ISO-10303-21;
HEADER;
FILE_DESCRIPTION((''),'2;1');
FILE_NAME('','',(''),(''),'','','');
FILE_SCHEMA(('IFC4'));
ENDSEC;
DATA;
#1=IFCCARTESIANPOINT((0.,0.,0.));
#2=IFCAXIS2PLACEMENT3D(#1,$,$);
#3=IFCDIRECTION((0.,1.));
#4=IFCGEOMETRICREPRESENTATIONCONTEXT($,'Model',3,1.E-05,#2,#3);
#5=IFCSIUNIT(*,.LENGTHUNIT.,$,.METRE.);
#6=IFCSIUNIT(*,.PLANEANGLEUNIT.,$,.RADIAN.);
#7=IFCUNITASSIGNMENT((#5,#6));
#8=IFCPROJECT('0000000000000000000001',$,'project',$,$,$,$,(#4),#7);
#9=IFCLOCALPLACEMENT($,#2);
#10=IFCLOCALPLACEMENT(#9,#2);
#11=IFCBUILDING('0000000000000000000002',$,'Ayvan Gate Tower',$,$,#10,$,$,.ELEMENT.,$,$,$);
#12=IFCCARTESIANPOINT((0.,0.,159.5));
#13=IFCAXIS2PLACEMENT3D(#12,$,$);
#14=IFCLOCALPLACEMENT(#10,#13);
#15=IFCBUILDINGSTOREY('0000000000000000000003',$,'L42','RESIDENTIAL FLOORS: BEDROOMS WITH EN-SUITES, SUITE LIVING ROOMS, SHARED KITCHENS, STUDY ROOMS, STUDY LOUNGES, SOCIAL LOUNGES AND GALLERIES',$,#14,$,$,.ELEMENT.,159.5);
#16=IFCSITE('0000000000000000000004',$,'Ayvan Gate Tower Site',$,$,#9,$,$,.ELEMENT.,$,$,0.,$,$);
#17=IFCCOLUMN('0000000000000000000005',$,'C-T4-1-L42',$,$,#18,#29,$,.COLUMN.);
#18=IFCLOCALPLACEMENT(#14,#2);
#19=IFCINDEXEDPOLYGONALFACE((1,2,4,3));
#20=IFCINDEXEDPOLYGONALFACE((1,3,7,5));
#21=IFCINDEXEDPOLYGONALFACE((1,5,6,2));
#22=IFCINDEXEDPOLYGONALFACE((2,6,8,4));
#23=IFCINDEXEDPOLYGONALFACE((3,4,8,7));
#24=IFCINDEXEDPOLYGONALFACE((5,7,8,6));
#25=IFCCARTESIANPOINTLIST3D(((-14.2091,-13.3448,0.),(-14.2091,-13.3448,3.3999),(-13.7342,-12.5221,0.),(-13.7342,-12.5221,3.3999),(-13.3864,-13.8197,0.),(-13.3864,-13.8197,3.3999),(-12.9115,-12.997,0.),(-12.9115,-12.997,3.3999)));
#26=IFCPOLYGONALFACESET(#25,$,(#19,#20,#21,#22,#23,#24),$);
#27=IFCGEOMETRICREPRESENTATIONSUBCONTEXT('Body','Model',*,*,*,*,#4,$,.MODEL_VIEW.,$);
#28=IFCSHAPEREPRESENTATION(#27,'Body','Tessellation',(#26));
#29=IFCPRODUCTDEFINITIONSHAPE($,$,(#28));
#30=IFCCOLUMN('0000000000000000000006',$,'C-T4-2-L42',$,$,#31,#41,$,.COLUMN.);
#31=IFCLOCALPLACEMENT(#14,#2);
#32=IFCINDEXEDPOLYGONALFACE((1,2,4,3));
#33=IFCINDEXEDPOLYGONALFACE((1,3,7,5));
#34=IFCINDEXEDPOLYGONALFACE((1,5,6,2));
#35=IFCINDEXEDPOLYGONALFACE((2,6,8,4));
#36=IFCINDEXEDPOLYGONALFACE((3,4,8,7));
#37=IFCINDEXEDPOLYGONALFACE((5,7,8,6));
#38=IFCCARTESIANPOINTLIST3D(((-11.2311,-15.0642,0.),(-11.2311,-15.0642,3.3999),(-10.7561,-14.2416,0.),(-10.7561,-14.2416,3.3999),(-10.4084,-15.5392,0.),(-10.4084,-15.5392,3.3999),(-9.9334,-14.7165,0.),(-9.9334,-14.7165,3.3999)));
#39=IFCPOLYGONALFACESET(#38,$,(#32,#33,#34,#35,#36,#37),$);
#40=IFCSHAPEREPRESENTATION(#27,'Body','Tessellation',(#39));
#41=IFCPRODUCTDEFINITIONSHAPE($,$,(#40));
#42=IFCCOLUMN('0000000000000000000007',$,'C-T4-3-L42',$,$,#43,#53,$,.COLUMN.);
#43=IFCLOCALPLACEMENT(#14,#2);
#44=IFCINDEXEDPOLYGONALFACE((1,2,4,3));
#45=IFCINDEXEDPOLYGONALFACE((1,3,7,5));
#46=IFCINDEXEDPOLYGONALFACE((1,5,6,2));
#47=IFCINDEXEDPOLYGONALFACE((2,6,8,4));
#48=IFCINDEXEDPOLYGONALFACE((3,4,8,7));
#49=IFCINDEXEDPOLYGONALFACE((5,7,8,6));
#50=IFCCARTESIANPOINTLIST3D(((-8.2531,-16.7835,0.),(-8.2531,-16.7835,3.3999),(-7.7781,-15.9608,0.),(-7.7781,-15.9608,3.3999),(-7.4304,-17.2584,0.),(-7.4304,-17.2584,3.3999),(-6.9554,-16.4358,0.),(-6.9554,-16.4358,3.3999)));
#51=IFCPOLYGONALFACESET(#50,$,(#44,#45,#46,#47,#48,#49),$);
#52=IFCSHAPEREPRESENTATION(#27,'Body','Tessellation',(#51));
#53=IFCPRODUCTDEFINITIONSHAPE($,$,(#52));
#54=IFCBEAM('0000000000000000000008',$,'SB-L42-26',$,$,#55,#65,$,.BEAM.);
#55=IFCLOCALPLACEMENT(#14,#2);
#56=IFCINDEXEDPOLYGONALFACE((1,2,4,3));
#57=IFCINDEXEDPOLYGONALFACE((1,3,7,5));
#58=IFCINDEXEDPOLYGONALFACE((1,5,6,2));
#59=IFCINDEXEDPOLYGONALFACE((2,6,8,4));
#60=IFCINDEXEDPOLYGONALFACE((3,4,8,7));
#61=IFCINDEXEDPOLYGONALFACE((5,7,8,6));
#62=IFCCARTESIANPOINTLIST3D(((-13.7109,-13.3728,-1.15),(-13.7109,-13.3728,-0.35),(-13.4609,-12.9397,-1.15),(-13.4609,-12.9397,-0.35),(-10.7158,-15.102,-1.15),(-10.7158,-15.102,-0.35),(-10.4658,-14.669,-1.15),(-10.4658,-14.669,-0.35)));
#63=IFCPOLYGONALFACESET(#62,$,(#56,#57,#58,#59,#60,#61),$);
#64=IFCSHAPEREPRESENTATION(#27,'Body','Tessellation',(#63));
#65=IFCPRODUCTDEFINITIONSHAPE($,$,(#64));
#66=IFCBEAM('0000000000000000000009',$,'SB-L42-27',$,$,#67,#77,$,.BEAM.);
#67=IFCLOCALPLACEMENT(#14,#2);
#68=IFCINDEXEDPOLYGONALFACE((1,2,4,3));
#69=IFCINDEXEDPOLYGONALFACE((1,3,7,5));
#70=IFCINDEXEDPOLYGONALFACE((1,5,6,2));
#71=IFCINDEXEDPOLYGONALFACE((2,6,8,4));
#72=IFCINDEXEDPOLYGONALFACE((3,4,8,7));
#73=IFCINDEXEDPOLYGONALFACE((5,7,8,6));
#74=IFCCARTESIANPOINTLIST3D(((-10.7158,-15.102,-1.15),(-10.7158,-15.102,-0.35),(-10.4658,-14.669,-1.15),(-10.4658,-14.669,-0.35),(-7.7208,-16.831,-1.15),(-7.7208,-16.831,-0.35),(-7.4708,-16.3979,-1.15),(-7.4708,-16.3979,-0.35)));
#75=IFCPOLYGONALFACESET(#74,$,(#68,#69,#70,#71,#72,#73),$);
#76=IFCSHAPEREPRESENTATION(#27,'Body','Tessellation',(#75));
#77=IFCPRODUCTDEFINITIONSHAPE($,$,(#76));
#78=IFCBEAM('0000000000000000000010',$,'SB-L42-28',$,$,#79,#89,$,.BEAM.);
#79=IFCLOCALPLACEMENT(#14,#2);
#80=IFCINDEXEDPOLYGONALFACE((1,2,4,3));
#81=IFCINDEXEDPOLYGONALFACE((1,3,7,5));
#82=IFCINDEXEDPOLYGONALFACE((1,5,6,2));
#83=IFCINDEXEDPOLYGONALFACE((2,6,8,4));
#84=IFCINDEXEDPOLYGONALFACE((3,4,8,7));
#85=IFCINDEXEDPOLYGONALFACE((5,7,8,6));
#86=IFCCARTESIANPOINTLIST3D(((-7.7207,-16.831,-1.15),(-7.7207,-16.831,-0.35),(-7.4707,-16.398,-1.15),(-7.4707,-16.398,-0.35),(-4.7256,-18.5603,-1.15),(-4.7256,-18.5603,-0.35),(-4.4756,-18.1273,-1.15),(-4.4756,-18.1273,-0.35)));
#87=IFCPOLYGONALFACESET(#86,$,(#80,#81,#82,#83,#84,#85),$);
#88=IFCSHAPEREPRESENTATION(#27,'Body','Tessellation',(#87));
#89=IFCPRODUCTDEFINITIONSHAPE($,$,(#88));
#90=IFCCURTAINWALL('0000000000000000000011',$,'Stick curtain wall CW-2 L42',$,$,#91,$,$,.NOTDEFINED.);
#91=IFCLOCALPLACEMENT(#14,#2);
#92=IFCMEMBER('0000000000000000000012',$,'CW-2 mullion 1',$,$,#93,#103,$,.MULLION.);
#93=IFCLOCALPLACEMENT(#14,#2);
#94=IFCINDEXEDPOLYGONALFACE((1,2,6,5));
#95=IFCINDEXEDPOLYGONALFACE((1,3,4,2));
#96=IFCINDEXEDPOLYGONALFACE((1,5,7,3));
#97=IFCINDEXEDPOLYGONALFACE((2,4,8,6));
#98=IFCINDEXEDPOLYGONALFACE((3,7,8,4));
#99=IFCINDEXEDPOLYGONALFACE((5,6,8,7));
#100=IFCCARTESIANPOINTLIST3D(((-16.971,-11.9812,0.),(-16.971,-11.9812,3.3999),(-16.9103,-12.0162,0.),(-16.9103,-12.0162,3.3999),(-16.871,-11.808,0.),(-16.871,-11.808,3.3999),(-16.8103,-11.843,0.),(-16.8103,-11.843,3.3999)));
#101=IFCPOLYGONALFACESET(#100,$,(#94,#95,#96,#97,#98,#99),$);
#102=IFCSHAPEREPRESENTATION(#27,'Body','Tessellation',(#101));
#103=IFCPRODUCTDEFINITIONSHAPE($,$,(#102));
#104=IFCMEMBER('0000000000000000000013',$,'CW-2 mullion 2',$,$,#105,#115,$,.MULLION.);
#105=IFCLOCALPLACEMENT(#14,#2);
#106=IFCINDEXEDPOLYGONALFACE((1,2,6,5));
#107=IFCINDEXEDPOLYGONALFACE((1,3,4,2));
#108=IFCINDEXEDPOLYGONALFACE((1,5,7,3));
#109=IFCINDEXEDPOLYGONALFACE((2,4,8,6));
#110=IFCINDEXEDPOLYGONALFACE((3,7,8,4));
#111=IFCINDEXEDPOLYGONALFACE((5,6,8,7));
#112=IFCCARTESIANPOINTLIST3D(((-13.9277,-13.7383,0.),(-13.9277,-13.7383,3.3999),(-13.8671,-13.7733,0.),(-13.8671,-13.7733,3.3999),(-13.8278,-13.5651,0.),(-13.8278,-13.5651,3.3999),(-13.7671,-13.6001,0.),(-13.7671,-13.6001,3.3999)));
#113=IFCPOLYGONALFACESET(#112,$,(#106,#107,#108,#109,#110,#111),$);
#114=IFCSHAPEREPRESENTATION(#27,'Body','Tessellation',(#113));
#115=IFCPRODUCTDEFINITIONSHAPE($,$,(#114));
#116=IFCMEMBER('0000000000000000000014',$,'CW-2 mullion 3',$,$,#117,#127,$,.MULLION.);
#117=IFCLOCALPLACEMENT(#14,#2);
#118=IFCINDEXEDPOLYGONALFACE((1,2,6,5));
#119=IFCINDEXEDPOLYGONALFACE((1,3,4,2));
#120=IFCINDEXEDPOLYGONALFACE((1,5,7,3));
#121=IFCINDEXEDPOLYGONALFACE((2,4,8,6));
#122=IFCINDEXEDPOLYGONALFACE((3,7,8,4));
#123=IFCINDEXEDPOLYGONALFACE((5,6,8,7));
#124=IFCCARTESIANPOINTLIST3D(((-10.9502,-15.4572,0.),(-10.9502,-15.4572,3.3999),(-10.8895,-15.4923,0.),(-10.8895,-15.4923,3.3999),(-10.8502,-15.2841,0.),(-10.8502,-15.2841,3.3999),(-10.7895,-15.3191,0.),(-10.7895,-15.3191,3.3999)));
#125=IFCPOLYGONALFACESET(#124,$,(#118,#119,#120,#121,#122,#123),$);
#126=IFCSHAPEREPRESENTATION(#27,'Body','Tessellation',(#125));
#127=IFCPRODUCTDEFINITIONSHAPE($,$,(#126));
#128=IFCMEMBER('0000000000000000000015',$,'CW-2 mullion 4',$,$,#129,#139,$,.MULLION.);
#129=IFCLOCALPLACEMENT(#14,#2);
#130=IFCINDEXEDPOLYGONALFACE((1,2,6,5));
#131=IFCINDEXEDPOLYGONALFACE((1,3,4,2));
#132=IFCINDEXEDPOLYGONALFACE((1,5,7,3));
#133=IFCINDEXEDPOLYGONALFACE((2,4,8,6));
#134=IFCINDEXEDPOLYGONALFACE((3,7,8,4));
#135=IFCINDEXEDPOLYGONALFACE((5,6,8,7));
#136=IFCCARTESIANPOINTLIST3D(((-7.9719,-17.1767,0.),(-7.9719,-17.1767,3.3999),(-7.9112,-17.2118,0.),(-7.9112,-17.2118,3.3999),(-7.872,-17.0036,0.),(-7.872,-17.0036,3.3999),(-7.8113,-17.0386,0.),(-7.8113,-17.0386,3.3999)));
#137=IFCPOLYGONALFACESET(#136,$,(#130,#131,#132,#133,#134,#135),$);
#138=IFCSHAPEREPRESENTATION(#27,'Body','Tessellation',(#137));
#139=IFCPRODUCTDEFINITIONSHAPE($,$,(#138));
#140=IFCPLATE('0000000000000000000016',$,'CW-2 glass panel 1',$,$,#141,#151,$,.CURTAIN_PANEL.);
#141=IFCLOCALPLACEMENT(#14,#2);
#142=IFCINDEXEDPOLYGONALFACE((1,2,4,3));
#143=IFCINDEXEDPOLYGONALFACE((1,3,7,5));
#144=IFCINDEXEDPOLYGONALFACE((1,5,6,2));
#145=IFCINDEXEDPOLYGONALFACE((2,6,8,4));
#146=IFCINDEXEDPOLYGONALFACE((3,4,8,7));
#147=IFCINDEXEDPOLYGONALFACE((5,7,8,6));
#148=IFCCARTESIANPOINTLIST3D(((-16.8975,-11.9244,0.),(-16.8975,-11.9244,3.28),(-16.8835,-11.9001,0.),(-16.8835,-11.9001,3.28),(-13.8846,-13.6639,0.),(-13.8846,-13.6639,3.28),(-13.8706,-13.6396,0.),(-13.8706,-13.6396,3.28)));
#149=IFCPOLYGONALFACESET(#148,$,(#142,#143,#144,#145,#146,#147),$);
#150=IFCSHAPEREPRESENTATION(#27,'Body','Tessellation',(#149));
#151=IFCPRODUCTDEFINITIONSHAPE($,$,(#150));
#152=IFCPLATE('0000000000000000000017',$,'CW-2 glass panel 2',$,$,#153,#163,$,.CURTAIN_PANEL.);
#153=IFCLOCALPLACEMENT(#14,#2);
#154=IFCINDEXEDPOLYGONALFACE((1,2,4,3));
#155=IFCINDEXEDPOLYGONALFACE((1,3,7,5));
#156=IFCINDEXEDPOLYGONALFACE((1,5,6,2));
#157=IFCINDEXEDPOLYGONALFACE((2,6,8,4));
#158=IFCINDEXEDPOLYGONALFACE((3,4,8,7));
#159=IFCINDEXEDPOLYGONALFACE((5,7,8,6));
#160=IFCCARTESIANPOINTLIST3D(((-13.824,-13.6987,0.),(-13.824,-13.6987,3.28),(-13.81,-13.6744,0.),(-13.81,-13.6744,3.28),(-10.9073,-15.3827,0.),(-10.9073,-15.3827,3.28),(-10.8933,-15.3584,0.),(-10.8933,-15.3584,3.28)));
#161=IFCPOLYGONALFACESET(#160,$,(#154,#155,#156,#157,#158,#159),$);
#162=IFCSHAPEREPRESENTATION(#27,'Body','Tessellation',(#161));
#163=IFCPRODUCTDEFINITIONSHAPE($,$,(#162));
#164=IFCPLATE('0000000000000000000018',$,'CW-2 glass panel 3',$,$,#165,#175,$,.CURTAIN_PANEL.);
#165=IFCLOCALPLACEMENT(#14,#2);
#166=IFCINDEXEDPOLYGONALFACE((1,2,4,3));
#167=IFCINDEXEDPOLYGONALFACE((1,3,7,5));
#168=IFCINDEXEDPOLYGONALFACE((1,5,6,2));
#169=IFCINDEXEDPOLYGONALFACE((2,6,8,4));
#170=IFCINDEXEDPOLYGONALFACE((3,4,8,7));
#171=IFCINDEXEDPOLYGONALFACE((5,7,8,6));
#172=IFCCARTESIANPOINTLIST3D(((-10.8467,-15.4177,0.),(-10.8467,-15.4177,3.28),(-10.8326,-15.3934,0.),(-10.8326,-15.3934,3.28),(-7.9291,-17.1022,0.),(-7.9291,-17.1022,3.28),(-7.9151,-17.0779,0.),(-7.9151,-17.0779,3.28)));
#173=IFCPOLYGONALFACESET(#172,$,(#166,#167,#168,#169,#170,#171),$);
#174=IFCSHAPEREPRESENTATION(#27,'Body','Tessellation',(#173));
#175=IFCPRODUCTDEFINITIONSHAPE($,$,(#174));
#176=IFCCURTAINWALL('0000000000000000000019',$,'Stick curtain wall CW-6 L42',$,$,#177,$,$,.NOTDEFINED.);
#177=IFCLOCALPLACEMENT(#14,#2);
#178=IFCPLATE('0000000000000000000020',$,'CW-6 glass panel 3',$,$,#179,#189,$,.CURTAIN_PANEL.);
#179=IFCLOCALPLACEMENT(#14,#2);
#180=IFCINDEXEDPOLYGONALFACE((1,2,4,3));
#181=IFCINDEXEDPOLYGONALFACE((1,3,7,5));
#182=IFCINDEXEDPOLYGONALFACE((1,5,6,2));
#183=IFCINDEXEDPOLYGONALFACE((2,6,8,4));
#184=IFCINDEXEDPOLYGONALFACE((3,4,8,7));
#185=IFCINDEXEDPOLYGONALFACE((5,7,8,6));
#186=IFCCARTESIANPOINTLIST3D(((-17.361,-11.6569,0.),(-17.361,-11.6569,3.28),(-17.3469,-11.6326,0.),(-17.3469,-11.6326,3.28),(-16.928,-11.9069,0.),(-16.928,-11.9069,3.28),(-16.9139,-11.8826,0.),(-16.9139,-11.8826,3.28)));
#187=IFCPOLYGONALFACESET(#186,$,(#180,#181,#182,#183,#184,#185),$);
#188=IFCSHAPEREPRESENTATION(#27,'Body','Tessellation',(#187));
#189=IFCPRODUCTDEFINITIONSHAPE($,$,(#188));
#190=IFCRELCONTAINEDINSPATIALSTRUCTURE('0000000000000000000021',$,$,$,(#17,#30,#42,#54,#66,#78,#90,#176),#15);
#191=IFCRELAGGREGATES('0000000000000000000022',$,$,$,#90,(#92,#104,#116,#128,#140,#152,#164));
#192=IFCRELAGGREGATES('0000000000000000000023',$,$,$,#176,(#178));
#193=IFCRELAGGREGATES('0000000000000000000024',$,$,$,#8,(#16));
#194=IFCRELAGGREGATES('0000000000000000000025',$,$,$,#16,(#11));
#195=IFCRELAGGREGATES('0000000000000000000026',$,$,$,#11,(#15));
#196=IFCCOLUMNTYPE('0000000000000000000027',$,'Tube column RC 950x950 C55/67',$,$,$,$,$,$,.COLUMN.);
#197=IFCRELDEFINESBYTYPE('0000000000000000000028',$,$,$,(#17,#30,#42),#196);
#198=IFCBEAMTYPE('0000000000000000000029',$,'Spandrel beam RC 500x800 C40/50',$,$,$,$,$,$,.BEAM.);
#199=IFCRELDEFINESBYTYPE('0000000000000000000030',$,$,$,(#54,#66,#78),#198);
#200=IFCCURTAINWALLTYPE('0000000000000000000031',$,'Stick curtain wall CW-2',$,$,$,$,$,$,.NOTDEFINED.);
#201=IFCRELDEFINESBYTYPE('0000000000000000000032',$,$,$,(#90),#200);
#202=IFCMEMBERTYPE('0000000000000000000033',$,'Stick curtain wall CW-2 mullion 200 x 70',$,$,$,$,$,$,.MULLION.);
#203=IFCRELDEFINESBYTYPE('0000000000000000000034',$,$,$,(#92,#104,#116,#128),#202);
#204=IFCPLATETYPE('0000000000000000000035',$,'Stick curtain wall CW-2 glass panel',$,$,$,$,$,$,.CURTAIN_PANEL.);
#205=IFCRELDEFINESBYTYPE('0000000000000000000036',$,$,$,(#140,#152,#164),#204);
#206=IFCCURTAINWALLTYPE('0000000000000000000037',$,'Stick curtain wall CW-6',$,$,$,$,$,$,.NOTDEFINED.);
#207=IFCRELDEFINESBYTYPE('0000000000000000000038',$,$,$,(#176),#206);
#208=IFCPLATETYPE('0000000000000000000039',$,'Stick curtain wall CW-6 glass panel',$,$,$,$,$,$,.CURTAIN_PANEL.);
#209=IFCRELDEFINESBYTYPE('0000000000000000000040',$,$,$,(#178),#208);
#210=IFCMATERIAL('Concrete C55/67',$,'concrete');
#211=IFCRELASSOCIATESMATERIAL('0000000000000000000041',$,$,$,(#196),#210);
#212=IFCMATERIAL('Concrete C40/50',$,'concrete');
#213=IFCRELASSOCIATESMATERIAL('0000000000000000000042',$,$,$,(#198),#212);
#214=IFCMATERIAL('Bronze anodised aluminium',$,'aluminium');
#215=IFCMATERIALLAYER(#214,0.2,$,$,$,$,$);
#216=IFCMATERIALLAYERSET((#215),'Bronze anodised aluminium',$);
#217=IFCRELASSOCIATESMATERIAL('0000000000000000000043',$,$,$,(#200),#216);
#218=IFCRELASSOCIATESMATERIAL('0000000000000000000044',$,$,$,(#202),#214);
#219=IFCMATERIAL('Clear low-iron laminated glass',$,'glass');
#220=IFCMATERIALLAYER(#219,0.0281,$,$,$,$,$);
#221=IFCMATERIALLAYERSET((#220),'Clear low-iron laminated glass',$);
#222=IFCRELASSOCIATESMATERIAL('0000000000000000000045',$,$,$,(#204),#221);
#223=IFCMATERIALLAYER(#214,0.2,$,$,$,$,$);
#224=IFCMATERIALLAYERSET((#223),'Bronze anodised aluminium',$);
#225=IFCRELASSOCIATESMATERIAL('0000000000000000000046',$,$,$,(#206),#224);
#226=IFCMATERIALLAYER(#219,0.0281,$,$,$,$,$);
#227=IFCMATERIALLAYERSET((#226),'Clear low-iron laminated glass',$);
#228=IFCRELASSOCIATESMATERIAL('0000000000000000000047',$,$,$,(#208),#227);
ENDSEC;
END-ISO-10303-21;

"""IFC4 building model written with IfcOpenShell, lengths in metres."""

from ifc_helpers import new_model, si_unit, direction, frame, origin, origin_2d, place, context, subcontext, project, spatial, rectangle, extrude, material, layer, layer_set, material_profile, profile_set, type_object, element, aggregate, save


model = new_model("IFC4")

# Units and contexts
model_context = context("Model", 3, precision=1e-05, world=origin(), true_north=direction((0.0, 1.0)))
body_context = subcontext(model_context, "Body", "Model", "MODEL_VIEW")
ifc_project = project(units=[si_unit("LENGTHUNIT", "METRE"), si_unit("PLANEANGLEUNIT", "RADIAN")], contexts=[model_context])

# Site, building, storey
site_placement = place(None, origin())
site = spatial("IfcSite", under=ifc_project, at=site_placement, Name="Ayvan Gate Tower Site", CompositionType="ELEMENT", RefElevation=0.0)
building_placement = place(site_placement, origin())
building = spatial("IfcBuilding", under=site, at=building_placement, Name="Ayvan Gate Tower", CompositionType="ELEMENT")
storey_placement = place(building_placement, frame((0.0, 0.0, 159.5)))
storey = spatial("IfcBuildingStorey", under=building, at=storey_placement, Name="L42", Description="RESIDENTIAL FLOORS: BEDROOMS WITH EN-SUITES, SUITE LIVING ROOMS, SHARED KITCHENS, STUDY ROOMS, STUDY LOUNGES, SOCIAL LOUNGES AND GALLERIES", CompositionType="ELEMENT", Elevation=159.5)

# Columns
ifc_material_1 = material(Name="Concrete C55/67", Category="concrete")
ifc_material_profile_1 = material_profile(ifc_material_1, rectangle(XDim=0.95, YDim=0.95, at=origin_2d()), Name="RC 950x950")
ifc_profile_set_1 = profile_set([ifc_material_profile_1], Name="Concrete C55/67")
column_type = type_object("IfcColumnType", Name="Tube column RC 950x950 C55/67", PredefinedType="COLUMN", material=ifc_profile_set_1)
for number, where, z_axis, x_axis, name in (
    (1, (-13.5603, -13.1709, 0.0), (0.0, 0.0, 1.0), (-0.5, -0.866025, 0.0), "C-T4-1-L42"),
    (2, (-10.5823, -14.8904, 0.0), (0.0, 0.0, 1.0), (-0.5, -0.866025, 0.0), "C-T4-2-L42"),
    (3, (-7.6042, -16.6096, 0.0), (0.0, 0.0, 1.0), (-0.5, -0.866025, 0.0), "C-T4-3-L42"),
):
    element("IfcColumn", number, at=place(storey_placement, frame(where, z_axis=z_axis, x_axis=x_axis)), inside=storey, type_object=column_type, Name=name, PredefinedType="COLUMN", context=body_context, shape_type="SweptSolid", body=[
        extrude(rectangle(XDim=0.95, YDim=0.95, at=origin_2d()), origin(), (0.0, 0.0, 1.0), 3.3999),
    ])

# Beams
ifc_material_2 = material(Name="Concrete C40/50", Category="concrete")
ifc_material_profile_2 = material_profile(ifc_material_2, rectangle(XDim=0.5, YDim=0.8, at=origin_2d()), Name="RC 500x800")
ifc_profile_set_2 = profile_set([ifc_material_profile_2], Name="Concrete C40/50")
beam_type = type_object("IfcBeamType", Name="Spandrel beam RC 500x800 C40/50", PredefinedType="BEAM", material=ifc_profile_set_2)
beam_1_placement = place(storey_placement, frame((-13.5859, -13.1562, -0.75), z_axis=(0.866023, -0.500004, 0.0), x_axis=(0.500004, 0.866023, 0.0)))
element("IfcBeam", 4, at=beam_1_placement, inside=storey, type_object=beam_type, Name="SB-L42-26", PredefinedType="BEAM", context=body_context, shape_type="SweptSolid", body=[
    extrude(rectangle(XDim=0.5, YDim=0.8, at=origin_2d()), origin(), (0.0, 0.0, 1.0), 3.4585),
])
beam_2_placement = place(storey_placement, frame((-10.5908, -14.8855, -0.75), z_axis=(0.866054, -0.499951, 0.0), x_axis=(0.499951, 0.866054, 0.0)))
element("IfcBeam", 5, at=beam_2_placement, inside=storey, type_object=beam_type, Name="SB-L42-27", PredefinedType="BEAM", context=body_context, shape_type="SweptSolid", body=[
    extrude(rectangle(XDim=0.5, YDim=0.8, at=origin_2d()), origin(), (0.0, 0.0, 1.0), 3.4583),
])
beam_3_placement = place(storey_placement, frame((-7.5957, -16.6145, -0.75), z_axis=(0.866023, -0.500004, 0.0), x_axis=(0.500004, 0.866023, 0.0)))
element("IfcBeam", 6, at=beam_3_placement, inside=storey, type_object=beam_type, Name="SB-L42-28", PredefinedType="BEAM", context=body_context, shape_type="SweptSolid", body=[
    extrude(rectangle(XDim=0.5, YDim=0.8, at=origin_2d()), origin(), (0.0, 0.0, 1.0), 3.4585),
])

# Curtain wall, members, plates
ifc_material_3 = material(Name="Bronze anodised aluminium", Category="aluminium")
ifc_layer_1 = layer(ifc_material_3, 0.2)
ifc_layer_set_1 = layer_set([ifc_layer_1], Name="Bronze anodised aluminium")
curtain_wall_type_1 = type_object("IfcCurtainWallType", Name="Stick curtain wall CW-2", PredefinedType="NOTDEFINED", material=ifc_layer_set_1)
curtain_wall_1_placement = place(storey_placement, origin())
curtain_wall_1 = element("IfcCurtainWall", 7, at=curtain_wall_1_placement, inside=storey, type_object=curtain_wall_type_1, Name="Stick curtain wall CW-2 L42", PredefinedType="NOTDEFINED")
ifc_material_profile_3 = material_profile(ifc_material_3, rectangle(XDim=0.2, YDim=0.0701, at=origin_2d()), Name="Stick curtain wall CW-2 mullion 200 x 70")
ifc_profile_set_3 = profile_set([ifc_material_profile_3], Name="Bronze anodised aluminium")
member_type = type_object("IfcMemberType", Name="Stick curtain wall CW-2 mullion 200 x 70", PredefinedType="MULLION", material=ifc_profile_set_3)
member_1_placement = place(storey_placement, frame((-16.8906, -11.9121, 0.0), z_axis=(0.0, 0.0, 1.0), x_axis=(-0.5, -0.866025, 0.0)))
member_1 = element("IfcMember", 8, at=member_1_placement, type_object=member_type, Name="CW-2 mullion 1", PredefinedType="MULLION", context=body_context, shape_type="SweptSolid", body=[
    extrude(rectangle(XDim=0.2, YDim=0.0701, at=origin_2d()), origin(), (0.0, 0.0, 1.0), 3.3999),
])
member_2_placement = place(storey_placement, frame((-13.8474, -13.6692, 0.0), z_axis=(0.0, 0.0, 1.0), x_axis=(-0.5, -0.866025, 0.0)))
member_2 = element("IfcMember", 9, at=member_2_placement, type_object=member_type, Name="CW-2 mullion 2", PredefinedType="MULLION", context=body_context, shape_type="SweptSolid", body=[
    extrude(rectangle(XDim=0.2, YDim=0.0701, at=origin_2d()), origin(), (0.0, 0.0, 1.0), 3.3999),
])
member_3_placement = place(storey_placement, frame((-10.8699, -15.3882, 0.0), z_axis=(0.0, 0.0, 1.0), x_axis=(-0.5, -0.866025, 0.0)))
member_3 = element("IfcMember", 10, at=member_3_placement, type_object=member_type, Name="CW-2 mullion 3", PredefinedType="MULLION", context=body_context, shape_type="SweptSolid", body=[
    extrude(rectangle(XDim=0.2, YDim=0.0701, at=origin_2d()), origin(), (0.0, 0.0, 1.0), 3.3999),
])
member_4_placement = place(storey_placement, frame((-7.8916, -17.1077, 0.0), z_axis=(0.0, 0.0, 1.0), x_axis=(-0.5, -0.866025, 0.0)))
member_4 = element("IfcMember", 11, at=member_4_placement, type_object=member_type, Name="CW-2 mullion 4", PredefinedType="MULLION", context=body_context, shape_type="SweptSolid", body=[
    extrude(rectangle(XDim=0.2, YDim=0.0701, at=origin_2d()), origin(), (0.0, 0.0, 1.0), 3.3999),
])
ifc_material_4 = material(Name="Clear low-iron laminated glass", Category="glass")
ifc_layer_2 = layer(ifc_material_4, 0.0281)
ifc_layer_set_2 = layer_set([ifc_layer_2], Name="Clear low-iron laminated glass")
plate_type_1 = type_object("IfcPlateType", Name="Stick curtain wall CW-2 glass panel", PredefinedType="CURTAIN_PANEL", material=ifc_layer_set_2)
plate_1_placement = place(storey_placement, frame((-15.384, -12.782, 0.0), z_axis=(0.0, 0.0, 1.0), x_axis=(0.866025, -0.5, 0.0)))
plate_1 = element("IfcPlate", 12, at=plate_1_placement, type_object=plate_type_1, Name="CW-2 glass panel 1", PredefinedType="CURTAIN_PANEL", context=body_context, shape_type="SweptSolid", body=[
    extrude(rectangle(XDim=3.479, YDim=0.0281, at=origin_2d()), origin(), (0.0, 0.0, 1.0), 3.28),
])
plate_2_placement = place(storey_placement, frame((-12.3586, -14.5286, 0.0), z_axis=(0.0, 0.0, 1.0), x_axis=(0.866025, -0.5, 0.0)))
plate_2 = element("IfcPlate", 13, at=plate_2_placement, type_object=plate_type_1, Name="CW-2 glass panel 2", PredefinedType="CURTAIN_PANEL", context=body_context, shape_type="SweptSolid", body=[
    extrude(rectangle(XDim=3.3679, YDim=0.0281, at=origin_2d()), origin(), (0.0, 0.0, 1.0), 3.28),
])
plate_3_placement = place(storey_placement, frame((-9.3809, -16.2478, 0.0), z_axis=(0.0, 0.0, 1.0), x_axis=(0.866025, -0.5, 0.0)))
plate_3 = element("IfcPlate", 14, at=plate_3_placement, type_object=plate_type_1, Name="CW-2 glass panel 3", PredefinedType="CURTAIN_PANEL", context=body_context, shape_type="SweptSolid", body=[
    extrude(rectangle(XDim=3.3689, YDim=0.0281, at=origin_2d()), origin(), (0.0, 0.0, 1.0), 3.28),
])
aggregate(curtain_wall_1, [member_1, member_2, member_3, member_4, plate_1, plate_2, plate_3])

# Curtain wall, plate
ifc_layer_3 = layer(ifc_material_3, 0.2)
ifc_layer_set_3 = layer_set([ifc_layer_3], Name="Bronze anodised aluminium")
curtain_wall_type_2 = type_object("IfcCurtainWallType", Name="Stick curtain wall CW-6", PredefinedType="NOTDEFINED", material=ifc_layer_set_3)
curtain_wall_2_placement = place(storey_placement, origin())
curtain_wall_2 = element("IfcCurtainWall", 15, at=curtain_wall_2_placement, inside=storey, type_object=curtain_wall_type_2, Name="Stick curtain wall CW-6 L42", PredefinedType="NOTDEFINED")
ifc_layer_4 = layer(ifc_material_4, 0.0281)
ifc_layer_set_4 = layer_set([ifc_layer_4], Name="Clear low-iron laminated glass")
plate_type_2 = type_object("IfcPlateType", Name="Stick curtain wall CW-6 glass panel", PredefinedType="CURTAIN_PANEL", material=ifc_layer_set_4)
plate_4_placement = place(storey_placement, frame((-17.1375, -11.7698, 0.0), z_axis=(0.0, 0.0, 1.0), x_axis=(0.866025, -0.5, 0.0)))
plate_4 = element("IfcPlate", 16, at=plate_4_placement, type_object=plate_type_2, Name="CW-6 glass panel 3", PredefinedType="CURTAIN_PANEL", context=body_context, shape_type="SweptSolid", body=[
    extrude(rectangle(XDim=0.5, YDim=0.0281, at=origin_2d()), origin(), (0.0, 0.0, 1.0), 3.28),
])
aggregate(curtain_wall_2, [plate_4])

save(model, "model.ifc")
